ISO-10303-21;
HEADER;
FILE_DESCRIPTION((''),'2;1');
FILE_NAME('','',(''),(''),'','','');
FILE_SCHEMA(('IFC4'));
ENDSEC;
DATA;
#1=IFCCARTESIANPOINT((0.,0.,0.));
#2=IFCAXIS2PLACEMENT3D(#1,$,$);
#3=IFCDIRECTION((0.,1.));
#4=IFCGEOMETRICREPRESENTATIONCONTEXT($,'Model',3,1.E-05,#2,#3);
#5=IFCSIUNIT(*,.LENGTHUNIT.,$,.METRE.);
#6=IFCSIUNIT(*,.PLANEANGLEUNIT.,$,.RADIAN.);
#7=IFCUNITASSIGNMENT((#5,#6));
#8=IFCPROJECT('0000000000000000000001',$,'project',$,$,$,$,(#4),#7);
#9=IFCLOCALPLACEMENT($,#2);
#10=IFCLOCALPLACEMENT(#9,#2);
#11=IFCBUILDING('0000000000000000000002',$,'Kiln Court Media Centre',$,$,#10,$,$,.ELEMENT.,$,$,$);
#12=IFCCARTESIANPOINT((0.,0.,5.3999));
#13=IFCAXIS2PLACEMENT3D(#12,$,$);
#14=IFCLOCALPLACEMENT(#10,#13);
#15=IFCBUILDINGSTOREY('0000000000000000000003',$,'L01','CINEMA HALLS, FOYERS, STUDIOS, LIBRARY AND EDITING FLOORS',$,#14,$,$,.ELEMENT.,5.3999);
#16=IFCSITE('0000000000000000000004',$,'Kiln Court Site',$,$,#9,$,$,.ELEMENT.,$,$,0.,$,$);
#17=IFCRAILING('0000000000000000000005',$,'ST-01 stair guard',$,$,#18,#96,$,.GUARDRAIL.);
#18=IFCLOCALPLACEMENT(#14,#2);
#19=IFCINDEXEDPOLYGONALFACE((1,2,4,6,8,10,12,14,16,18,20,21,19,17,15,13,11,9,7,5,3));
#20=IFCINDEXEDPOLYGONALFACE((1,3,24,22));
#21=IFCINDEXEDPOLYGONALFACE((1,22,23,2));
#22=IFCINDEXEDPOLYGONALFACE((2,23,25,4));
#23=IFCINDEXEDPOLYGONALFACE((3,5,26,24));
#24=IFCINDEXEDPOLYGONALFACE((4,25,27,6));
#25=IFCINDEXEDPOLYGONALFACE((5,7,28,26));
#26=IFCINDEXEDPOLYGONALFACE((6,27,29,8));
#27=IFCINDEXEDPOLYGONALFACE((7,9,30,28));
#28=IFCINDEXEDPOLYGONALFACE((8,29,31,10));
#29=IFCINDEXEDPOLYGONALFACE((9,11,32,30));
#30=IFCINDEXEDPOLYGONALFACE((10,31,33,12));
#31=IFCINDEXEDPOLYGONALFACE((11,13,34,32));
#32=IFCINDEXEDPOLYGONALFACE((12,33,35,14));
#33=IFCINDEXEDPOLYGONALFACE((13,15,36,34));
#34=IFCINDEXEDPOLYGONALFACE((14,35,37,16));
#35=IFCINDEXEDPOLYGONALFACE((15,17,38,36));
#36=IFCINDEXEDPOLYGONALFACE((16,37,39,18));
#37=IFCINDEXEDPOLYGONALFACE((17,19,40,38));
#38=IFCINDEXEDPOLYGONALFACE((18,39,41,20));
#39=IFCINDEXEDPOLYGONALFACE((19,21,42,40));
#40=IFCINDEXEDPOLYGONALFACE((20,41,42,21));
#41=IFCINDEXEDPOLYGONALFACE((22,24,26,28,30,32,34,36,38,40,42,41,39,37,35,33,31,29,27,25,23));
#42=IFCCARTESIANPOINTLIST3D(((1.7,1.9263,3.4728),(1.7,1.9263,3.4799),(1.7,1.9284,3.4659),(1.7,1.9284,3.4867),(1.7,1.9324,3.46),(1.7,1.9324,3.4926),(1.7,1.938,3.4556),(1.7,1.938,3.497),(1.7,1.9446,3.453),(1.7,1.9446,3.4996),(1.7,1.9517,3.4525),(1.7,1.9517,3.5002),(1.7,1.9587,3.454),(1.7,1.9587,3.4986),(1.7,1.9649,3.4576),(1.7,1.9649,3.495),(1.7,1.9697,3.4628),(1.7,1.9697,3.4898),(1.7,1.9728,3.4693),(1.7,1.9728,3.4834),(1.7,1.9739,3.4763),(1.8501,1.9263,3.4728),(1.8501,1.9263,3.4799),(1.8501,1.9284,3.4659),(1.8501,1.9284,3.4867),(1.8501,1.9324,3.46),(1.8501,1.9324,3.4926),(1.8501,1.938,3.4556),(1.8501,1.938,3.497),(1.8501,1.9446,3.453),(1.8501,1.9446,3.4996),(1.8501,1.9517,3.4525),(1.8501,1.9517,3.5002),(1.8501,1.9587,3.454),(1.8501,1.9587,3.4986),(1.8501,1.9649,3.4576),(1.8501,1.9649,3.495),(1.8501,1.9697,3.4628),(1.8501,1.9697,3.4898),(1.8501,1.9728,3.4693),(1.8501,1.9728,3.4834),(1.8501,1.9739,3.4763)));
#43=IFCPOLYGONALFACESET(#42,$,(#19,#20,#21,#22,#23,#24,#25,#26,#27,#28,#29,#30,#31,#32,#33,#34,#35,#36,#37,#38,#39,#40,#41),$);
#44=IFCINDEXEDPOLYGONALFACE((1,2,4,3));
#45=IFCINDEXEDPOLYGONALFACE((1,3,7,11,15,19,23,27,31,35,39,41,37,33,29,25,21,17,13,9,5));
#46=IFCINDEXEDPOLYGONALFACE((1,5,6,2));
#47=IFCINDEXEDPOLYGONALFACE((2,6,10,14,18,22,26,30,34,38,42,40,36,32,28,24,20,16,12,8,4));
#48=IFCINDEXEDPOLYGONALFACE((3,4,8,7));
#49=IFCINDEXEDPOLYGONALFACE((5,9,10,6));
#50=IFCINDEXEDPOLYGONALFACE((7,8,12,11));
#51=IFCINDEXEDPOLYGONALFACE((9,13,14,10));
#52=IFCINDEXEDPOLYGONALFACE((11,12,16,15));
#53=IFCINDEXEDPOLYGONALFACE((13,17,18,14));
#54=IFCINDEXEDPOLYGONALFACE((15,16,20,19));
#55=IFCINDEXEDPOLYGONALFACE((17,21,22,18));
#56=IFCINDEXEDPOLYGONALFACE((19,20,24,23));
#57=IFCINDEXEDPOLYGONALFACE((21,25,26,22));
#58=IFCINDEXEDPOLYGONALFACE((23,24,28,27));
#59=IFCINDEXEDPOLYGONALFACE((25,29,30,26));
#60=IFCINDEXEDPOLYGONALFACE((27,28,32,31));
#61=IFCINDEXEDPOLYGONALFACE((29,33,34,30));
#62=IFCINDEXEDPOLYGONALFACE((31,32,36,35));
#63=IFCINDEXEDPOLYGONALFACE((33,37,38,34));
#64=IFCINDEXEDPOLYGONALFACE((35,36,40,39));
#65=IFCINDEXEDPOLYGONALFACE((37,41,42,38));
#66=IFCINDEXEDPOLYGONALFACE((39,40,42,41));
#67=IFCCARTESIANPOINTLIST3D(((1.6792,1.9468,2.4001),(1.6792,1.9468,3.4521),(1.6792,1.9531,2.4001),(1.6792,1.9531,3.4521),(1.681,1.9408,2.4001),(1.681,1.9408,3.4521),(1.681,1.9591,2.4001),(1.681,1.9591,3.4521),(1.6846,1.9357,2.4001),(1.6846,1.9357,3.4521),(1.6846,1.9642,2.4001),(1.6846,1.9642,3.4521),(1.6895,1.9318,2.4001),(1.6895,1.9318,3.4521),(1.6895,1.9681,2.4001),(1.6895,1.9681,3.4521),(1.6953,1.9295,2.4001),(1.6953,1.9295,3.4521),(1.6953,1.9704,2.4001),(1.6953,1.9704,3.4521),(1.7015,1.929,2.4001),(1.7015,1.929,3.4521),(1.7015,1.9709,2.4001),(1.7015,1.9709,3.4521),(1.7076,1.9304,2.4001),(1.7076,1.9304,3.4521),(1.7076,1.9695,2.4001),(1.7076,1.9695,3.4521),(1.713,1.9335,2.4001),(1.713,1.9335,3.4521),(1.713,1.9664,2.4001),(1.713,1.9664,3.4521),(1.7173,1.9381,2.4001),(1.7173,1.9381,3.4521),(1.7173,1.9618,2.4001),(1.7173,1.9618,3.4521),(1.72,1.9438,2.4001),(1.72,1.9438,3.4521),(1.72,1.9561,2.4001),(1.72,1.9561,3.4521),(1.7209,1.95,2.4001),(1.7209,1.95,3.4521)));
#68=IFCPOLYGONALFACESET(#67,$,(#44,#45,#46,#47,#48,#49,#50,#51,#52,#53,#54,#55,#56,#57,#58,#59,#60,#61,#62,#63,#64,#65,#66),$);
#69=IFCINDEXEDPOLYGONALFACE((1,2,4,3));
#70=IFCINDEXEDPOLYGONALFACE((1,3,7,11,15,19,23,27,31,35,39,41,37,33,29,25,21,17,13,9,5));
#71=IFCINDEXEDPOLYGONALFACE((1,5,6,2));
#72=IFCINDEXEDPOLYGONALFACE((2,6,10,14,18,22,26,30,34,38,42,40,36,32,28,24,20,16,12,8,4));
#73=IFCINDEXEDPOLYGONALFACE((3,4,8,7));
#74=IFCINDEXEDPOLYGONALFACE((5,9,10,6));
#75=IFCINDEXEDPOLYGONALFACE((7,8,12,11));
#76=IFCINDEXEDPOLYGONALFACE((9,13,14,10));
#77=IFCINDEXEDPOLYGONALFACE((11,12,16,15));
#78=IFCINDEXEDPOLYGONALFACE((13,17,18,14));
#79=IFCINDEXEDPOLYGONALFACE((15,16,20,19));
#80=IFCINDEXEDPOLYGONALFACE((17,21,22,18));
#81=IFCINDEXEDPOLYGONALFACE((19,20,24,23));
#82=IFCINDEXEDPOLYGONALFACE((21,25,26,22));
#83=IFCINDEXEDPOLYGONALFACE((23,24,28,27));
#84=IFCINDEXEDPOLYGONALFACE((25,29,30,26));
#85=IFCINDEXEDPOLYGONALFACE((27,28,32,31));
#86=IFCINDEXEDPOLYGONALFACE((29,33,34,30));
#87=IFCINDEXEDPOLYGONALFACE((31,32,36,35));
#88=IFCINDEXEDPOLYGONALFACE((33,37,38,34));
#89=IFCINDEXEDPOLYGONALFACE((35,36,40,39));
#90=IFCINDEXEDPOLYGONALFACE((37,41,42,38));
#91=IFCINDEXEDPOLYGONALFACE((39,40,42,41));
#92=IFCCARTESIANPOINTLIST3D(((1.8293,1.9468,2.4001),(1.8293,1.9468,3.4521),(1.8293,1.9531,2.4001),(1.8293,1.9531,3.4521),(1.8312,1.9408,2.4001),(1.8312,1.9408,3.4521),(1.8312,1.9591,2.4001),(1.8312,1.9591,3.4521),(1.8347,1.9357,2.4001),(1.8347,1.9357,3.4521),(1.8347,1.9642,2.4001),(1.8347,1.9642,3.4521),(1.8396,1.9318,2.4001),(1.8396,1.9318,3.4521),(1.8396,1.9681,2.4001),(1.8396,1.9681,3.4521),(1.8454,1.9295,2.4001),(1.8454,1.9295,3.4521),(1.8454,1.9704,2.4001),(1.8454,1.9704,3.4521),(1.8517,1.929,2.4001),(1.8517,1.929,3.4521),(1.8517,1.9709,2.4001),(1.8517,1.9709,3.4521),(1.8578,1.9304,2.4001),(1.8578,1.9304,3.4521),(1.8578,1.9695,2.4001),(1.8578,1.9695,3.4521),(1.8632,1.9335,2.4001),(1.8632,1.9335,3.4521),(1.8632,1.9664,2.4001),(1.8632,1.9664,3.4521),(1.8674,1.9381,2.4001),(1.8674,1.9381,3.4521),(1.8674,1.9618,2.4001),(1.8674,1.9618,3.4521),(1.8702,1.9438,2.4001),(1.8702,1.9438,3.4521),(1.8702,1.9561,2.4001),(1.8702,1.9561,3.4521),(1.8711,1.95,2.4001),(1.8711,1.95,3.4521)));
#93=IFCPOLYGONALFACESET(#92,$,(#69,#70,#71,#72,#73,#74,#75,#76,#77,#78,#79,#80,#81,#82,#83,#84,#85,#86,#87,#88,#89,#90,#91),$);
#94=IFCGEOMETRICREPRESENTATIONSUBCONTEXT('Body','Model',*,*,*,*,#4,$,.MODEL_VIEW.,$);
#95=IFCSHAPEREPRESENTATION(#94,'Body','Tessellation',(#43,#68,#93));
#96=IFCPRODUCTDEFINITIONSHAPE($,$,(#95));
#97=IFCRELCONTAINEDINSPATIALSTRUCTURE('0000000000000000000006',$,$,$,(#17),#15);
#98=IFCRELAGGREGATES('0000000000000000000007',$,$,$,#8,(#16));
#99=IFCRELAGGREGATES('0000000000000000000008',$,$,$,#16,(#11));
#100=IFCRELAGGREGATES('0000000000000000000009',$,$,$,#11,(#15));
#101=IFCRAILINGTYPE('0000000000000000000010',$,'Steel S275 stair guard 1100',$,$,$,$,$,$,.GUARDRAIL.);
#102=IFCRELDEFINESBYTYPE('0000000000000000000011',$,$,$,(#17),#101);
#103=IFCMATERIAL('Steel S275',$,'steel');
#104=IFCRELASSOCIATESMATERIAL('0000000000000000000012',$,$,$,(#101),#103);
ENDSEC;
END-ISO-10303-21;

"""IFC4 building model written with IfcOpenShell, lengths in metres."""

from ifc_helpers import new_model, si_unit, direction, frame, origin, origin_2d, place, context, subcontext, project, spatial, circle, extrude, material, type_object, element, save


model = new_model("IFC4")

# Units and contexts
model_context = context("Model", 3, precision=1e-05, world=origin(), true_north=direction((0.0, 1.0)))
body_context = subcontext(model_context, "Body", "Model", "MODEL_VIEW")
ifc_project = project(units=[si_unit("LENGTHUNIT", "METRE"), si_unit("PLANEANGLEUNIT", "RADIAN")], contexts=[model_context])

# Site, building, storey
site_placement = place(None, origin())
site = spatial("IfcSite", under=ifc_project, at=site_placement, Name="Kiln Court Site", CompositionType="ELEMENT", RefElevation=0.0)
building_placement = place(site_placement, origin())
building = spatial("IfcBuilding", under=site, at=building_placement, Name="Kiln Court Media Centre", CompositionType="ELEMENT")
storey_placement = place(building_placement, frame((0.0, 0.0, 5.3999)))
storey = spatial("IfcBuildingStorey", under=building, at=storey_placement, Name="L01", Description="CINEMA HALLS, FOYERS, STUDIOS, LIBRARY AND EDITING FLOORS", CompositionType="ELEMENT", Elevation=5.3999)

# Railing
ifc_material_1 = material(Name="Steel S275", Category="steel")
railing_type_1 = type_object("IfcRailingType", Name="Steel S275 stair guard 1100", PredefinedType="GUARDRAIL", material=ifc_material_1)
railing_1_placement = place(storey_placement, frame((1.7, 1.95, 2.4001)))
element("IfcRailing", 1, at=railing_1_placement, inside=storey, type_object=railing_type_1, Name="ST-01 stair guard", PredefinedType="GUARDRAIL", context=body_context, shape_type="SweptSolid", body=[
    extrude(circle(Radius=0.0239, at=origin_2d()), frame((0.0, 0.0, 1.0762), z_axis=(1.0, 0.0, 0.0), x_axis=(0.0, 1.0, 0.0)), (0.0, 0.0, 1.0), 0.1501),
    extrude(circle(Radius=0.021, at=origin_2d()), origin(), (0.0, 0.0, 1.0), 1.052),
    extrude(circle(Radius=0.021, at=origin_2d()), frame((0.1501, 0.0, 0.0)), (0.0, 0.0, 1.0), 1.052),
])

save(model, "model.ifc")
